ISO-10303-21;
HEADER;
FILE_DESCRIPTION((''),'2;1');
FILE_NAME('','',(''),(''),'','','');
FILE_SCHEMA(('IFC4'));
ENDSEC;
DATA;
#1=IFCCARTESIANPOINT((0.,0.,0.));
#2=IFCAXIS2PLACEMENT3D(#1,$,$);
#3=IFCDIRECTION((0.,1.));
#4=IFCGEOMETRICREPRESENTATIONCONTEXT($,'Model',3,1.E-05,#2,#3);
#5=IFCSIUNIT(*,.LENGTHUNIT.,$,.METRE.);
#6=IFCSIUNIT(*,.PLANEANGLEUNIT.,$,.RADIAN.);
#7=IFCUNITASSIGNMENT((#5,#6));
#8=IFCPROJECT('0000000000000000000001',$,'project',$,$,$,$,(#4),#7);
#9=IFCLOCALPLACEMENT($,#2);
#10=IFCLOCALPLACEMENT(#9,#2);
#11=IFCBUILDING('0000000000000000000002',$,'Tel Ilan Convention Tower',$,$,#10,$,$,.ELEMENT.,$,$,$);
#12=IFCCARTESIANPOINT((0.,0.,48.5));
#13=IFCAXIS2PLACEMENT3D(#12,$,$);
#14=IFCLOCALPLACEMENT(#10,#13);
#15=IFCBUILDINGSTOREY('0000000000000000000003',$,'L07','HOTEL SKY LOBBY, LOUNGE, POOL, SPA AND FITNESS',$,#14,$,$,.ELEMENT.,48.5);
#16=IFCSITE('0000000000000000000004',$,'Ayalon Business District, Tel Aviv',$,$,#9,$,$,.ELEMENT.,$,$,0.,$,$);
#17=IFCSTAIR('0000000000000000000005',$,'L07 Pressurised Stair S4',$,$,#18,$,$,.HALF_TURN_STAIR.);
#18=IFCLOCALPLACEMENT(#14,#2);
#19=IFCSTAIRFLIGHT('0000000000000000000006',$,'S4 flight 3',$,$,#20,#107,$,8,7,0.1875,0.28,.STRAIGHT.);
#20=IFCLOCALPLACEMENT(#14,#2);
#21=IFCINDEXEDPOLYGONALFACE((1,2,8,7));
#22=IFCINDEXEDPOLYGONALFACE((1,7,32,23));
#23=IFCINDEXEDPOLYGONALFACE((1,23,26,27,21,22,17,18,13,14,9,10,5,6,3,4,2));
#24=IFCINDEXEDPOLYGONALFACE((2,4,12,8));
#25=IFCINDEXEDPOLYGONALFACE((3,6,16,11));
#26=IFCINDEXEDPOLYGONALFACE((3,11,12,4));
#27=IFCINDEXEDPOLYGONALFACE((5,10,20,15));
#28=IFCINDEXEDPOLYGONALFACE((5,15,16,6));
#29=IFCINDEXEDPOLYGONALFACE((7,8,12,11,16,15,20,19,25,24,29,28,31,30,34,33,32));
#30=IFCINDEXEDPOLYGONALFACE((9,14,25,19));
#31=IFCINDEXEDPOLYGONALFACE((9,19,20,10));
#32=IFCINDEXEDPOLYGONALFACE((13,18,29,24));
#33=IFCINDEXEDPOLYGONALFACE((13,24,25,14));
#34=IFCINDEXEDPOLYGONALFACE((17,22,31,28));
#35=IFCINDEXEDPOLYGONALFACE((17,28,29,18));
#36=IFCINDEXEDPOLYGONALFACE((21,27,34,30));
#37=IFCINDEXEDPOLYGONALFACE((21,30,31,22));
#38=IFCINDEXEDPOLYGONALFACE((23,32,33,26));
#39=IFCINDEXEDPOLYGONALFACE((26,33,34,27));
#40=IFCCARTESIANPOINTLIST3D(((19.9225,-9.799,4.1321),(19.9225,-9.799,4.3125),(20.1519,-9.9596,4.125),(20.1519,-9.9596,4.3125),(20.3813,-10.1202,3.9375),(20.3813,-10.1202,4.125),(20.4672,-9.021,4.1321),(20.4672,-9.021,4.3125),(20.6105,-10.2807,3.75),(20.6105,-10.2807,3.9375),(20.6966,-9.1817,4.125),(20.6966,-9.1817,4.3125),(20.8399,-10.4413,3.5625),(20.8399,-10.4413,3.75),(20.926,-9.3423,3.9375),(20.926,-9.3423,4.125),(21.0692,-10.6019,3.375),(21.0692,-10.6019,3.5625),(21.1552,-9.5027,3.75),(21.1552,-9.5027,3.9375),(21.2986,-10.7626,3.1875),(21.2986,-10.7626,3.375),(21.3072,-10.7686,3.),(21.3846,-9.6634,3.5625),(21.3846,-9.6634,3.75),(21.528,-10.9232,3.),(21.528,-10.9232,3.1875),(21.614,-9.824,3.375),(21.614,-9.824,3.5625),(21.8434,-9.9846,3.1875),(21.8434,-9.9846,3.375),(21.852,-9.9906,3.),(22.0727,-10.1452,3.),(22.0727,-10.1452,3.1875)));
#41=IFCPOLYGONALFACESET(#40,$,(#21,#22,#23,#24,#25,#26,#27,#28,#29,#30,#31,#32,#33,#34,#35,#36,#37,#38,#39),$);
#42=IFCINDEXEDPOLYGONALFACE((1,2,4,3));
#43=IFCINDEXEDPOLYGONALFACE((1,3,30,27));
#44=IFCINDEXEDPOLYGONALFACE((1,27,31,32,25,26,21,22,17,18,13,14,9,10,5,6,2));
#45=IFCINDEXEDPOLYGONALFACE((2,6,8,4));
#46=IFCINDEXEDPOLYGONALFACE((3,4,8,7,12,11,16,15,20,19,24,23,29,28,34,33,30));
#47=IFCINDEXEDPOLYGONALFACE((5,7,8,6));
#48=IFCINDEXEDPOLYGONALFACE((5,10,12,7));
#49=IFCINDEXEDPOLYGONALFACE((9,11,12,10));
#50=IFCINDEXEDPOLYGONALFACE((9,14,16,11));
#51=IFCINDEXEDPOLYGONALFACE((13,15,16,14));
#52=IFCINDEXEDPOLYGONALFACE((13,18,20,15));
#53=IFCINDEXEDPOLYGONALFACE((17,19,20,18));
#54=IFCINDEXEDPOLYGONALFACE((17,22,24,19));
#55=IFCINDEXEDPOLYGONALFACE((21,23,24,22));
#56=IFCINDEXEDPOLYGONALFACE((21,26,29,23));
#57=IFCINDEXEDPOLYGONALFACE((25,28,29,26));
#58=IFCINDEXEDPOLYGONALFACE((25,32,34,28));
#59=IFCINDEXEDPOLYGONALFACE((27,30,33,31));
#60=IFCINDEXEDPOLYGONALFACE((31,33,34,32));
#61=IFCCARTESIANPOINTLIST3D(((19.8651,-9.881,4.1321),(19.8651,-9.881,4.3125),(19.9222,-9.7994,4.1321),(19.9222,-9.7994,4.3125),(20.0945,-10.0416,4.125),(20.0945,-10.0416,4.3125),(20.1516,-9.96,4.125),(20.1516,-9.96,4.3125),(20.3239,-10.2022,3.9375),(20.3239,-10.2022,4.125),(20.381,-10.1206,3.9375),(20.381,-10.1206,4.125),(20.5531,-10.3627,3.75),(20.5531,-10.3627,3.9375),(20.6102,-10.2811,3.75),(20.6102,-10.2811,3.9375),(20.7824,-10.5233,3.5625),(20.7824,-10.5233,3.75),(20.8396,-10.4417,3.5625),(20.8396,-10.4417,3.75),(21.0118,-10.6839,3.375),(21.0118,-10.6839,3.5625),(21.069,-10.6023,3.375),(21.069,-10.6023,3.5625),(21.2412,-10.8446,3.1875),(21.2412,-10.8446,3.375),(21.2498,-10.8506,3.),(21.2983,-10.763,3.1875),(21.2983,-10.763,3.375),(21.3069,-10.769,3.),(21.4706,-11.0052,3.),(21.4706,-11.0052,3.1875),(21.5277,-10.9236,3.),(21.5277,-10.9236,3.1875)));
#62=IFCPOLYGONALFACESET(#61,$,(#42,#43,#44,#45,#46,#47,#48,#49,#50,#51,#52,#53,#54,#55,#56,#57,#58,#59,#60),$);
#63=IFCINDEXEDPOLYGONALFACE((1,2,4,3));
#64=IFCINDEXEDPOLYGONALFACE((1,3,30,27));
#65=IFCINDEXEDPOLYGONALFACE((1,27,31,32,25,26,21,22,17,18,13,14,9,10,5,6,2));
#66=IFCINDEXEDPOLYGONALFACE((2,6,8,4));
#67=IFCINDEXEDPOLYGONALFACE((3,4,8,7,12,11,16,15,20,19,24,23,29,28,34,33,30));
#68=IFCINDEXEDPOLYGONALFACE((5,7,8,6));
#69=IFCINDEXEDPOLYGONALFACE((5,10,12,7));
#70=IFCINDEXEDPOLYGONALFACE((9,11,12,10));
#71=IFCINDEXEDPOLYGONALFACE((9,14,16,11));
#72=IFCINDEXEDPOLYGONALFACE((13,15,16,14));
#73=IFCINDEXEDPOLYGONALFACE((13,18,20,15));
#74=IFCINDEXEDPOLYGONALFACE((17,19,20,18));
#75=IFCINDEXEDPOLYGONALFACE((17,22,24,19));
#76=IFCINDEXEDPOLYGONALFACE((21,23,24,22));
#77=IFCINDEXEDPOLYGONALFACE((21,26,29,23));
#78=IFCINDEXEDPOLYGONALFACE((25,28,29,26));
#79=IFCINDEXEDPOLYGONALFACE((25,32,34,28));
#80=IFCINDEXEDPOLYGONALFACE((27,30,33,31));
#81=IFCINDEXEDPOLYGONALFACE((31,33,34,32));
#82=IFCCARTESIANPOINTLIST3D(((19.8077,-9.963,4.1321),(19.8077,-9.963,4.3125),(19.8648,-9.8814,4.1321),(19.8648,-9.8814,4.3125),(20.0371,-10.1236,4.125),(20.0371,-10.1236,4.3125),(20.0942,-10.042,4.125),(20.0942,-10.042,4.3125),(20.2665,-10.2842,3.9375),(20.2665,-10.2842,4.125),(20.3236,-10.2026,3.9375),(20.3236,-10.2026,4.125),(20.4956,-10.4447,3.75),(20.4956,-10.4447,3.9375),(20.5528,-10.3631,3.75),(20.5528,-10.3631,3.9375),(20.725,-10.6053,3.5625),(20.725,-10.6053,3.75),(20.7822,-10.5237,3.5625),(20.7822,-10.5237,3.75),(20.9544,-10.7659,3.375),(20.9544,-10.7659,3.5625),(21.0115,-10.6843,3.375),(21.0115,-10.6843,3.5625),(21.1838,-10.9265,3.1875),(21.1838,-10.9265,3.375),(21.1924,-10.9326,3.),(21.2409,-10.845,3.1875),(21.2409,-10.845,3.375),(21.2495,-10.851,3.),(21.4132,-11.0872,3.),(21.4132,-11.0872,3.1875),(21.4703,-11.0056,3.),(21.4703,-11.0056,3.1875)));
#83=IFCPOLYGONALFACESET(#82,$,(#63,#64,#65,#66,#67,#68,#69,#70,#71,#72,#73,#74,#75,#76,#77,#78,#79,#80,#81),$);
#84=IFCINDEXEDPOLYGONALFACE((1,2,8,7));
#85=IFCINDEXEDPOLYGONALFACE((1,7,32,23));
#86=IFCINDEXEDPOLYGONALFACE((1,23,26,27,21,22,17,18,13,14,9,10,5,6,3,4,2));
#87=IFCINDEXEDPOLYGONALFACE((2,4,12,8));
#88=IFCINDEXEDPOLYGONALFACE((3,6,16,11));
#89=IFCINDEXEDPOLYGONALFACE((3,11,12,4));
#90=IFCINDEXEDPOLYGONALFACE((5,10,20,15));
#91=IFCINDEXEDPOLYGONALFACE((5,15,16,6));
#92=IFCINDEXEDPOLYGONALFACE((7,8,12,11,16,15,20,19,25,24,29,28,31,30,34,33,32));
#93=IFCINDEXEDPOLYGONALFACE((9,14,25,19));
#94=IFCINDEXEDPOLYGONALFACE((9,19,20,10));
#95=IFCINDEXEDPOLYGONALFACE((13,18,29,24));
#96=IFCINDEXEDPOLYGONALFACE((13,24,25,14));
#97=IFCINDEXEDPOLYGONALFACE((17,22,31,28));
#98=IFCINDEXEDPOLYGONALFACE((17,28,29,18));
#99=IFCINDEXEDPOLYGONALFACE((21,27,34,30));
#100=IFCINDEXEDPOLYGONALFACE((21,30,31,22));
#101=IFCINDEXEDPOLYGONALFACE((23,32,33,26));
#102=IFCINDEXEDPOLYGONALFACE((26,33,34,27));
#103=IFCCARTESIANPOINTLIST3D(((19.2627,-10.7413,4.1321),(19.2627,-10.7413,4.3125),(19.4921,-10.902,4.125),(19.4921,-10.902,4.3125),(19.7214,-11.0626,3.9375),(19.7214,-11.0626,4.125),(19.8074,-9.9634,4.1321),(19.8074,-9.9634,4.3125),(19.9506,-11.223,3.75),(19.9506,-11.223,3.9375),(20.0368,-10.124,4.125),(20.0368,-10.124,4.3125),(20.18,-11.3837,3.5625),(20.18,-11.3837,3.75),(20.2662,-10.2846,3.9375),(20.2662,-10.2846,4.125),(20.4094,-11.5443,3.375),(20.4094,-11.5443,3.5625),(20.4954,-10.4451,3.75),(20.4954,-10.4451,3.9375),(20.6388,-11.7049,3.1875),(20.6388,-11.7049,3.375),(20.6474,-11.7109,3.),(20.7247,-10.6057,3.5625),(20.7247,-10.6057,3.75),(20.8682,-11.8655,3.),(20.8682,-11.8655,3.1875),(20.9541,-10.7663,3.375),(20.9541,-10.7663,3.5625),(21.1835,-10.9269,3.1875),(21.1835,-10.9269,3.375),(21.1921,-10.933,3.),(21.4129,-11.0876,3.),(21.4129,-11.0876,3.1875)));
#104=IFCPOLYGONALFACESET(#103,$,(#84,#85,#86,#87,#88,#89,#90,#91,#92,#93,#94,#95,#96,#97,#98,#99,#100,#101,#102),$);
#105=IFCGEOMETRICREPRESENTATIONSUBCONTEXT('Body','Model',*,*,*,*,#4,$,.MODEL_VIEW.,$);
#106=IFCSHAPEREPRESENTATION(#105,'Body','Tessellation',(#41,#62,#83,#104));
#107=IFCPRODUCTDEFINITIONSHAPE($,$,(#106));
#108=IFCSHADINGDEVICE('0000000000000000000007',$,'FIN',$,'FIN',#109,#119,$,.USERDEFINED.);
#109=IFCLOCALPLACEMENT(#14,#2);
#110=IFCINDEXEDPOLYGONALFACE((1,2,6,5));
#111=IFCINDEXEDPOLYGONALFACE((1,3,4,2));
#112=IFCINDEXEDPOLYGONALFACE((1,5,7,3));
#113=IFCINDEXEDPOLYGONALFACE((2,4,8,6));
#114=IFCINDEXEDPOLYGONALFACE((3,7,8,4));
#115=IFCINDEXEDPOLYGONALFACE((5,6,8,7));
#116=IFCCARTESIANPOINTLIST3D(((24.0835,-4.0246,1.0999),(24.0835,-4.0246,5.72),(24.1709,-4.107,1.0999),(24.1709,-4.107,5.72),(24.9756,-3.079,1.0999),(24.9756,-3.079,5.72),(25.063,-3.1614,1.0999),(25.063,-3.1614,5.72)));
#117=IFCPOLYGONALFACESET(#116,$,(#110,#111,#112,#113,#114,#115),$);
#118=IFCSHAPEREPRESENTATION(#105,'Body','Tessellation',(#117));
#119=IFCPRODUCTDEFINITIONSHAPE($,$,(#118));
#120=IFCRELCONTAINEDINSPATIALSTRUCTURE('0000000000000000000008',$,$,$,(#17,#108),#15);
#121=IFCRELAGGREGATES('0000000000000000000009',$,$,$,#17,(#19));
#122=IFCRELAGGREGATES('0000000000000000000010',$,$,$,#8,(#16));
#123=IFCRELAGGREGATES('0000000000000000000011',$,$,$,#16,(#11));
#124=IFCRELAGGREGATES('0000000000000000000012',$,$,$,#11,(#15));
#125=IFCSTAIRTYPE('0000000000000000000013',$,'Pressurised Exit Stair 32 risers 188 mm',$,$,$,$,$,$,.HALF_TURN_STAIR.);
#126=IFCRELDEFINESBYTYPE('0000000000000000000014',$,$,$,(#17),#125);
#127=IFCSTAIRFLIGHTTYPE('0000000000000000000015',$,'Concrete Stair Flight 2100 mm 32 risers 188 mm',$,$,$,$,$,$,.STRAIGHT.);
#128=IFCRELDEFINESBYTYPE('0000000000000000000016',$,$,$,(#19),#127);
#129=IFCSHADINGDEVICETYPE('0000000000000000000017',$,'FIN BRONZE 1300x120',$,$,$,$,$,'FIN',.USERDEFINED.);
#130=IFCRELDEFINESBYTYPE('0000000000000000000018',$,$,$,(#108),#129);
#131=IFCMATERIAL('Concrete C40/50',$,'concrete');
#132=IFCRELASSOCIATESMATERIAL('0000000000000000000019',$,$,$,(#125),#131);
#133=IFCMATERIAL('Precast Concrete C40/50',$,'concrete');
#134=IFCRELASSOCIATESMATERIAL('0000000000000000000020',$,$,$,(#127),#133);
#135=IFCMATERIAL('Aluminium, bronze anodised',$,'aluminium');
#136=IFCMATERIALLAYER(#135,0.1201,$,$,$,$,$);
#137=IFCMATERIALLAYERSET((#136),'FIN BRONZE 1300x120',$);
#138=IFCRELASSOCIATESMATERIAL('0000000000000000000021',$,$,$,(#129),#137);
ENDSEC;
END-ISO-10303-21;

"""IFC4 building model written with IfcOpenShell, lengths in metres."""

from ifc_helpers import new_model, si_unit, direction, frame, origin, origin_2d, place, context, subcontext, project, spatial, polyline, rectangle, outline, extrude, material, layer, layer_set, type_object, element, aggregate, save


model = new_model("IFC4")

# Units and contexts
model_context = context("Model", 3, precision=1e-05, world=origin(), true_north=direction((0.0, 1.0)))
body_context = subcontext(model_context, "Body", "Model", "MODEL_VIEW")
ifc_project = project(units=[si_unit("LENGTHUNIT", "METRE"), si_unit("PLANEANGLEUNIT", "RADIAN")], contexts=[model_context])

# Site, building, storey
site_placement = place(None, origin())
site = spatial("IfcSite", under=ifc_project, at=site_placement, Name="Ayalon Business District, Tel Aviv", CompositionType="ELEMENT", RefElevation=0.0)
building_placement = place(site_placement, origin())
building = spatial("IfcBuilding", under=site, at=building_placement, Name="Tel Ilan Convention Tower", CompositionType="ELEMENT")
storey_placement = place(building_placement, frame((0.0, 0.0, 48.5)))
storey = spatial("IfcBuildingStorey", under=building, at=storey_placement, Name="L07", Description="HOTEL SKY LOBBY, LOUNGE, POOL, SPA AND FITNESS", CompositionType="ELEMENT", Elevation=48.5)

# Stair, stair flight
ifc_material_1 = material(Name="Concrete C40/50", Category="concrete")
stair_type = type_object("IfcStairType", Name="Pressurised Exit Stair 32 risers 188 mm", PredefinedType="HALF_TURN_STAIR", material=ifc_material_1)
ifc_material_2 = material(Name="Precast Concrete C40/50", Category="concrete")
stair_flight_type = type_object("IfcStairFlightType", Name="Concrete Stair Flight 2100 mm 32 risers 188 mm", PredefinedType="STRAIGHT", material=ifc_material_2)
stair_1_placement = place(storey_placement, origin())
stair_1 = element("IfcStair", 1, at=stair_1_placement, inside=storey, type_object=stair_type, Name="L07 Pressurised Stair S4", PredefinedType="HALF_TURN_STAIR")
stair_flight_1_placement = place(storey_placement, frame((21.4705, -11.0054, 3.0), z_axis=(0.0, 0.0, 1.0), x_axis=(-0.819152, 0.573576, 0.0)))
stair_flight_1 = element("IfcStairFlight", 2, at=stair_flight_1_placement, type_object=stair_flight_type, Name="S4 flight 3", NumberOfRisers=8, NumberOfTreads=7, PredefinedType="STRAIGHT", RiserHeight=0.1875, TreadLength=0.28, context=body_context, shape_type="SweptSolid", body=[
    extrude(outline(polyline([(0.0, 0.0), (0.0, 0.1875), (0.28, 0.1875), (0.28, 0.375), (0.5601, 0.375), (0.5601, 0.5625), (0.8401, 0.5625), (0.8401, 0.75), (1.1201, 0.75), (1.1201, 0.9375), (1.3999, 0.9375), (1.3999, 1.125), (1.6799, 1.125), (1.6799, 1.3125), (1.96, 1.3125), (1.96, 1.5), (1.96, 1.1321), (0.2695, 0.0), (0.0, 0.0)])), frame((0.0, -0.1003, 0.0), z_axis=(0.0, -1.0, 0.0), x_axis=(1.0, 0.0, 0.0)), (0.0, 0.0, 1.0), 0.9497),
    extrude(outline(polyline([(0.0, 0.0), (0.0, 0.1875), (0.28, 0.1875), (0.28, 0.375), (0.5601, 0.375), (0.5601, 0.5625), (0.8401, 0.5625), (0.8401, 0.75), (1.1201, 0.75), (1.1201, 0.9375), (1.3999, 0.9375), (1.3999, 1.125), (1.6799, 1.125), (1.6799, 1.3125), (1.96, 1.3125), (1.96, 1.5), (1.96, 1.1321), (0.2695, 0.0), (0.0, 0.0)])), frame((0.0, -0.0002, 0.0), z_axis=(0.0, -1.0, 0.0), x_axis=(1.0, 0.0, 0.0)), (0.0, 0.0, 1.0), 0.0996),
    extrude(outline(polyline([(0.0, 0.0), (0.0, 0.1875), (0.28, 0.1875), (0.28, 0.375), (0.5601, 0.375), (0.5601, 0.5625), (0.8401, 0.5625), (0.8401, 0.75), (1.1201, 0.75), (1.1201, 0.9375), (1.3999, 0.9375), (1.3999, 1.125), (1.6799, 1.125), (1.6799, 1.3125), (1.96, 1.3125), (1.96, 1.5), (1.96, 1.1321), (0.2695, 0.0), (0.0, 0.0)])), frame((0.0, 0.0999, 0.0), z_axis=(0.0, -1.0, 0.0), x_axis=(1.0, 0.0, 0.0)), (0.0, 0.0, 1.0), 0.0996),
    extrude(outline(polyline([(0.0, 0.0), (0.0, 0.1875), (0.28, 0.1875), (0.28, 0.375), (0.5601, 0.375), (0.5601, 0.5625), (0.8401, 0.5625), (0.8401, 0.75), (1.1201, 0.75), (1.1201, 0.9375), (1.3999, 0.9375), (1.3999, 1.125), (1.6799, 1.125), (1.6799, 1.3125), (1.96, 1.3125), (1.96, 1.5), (1.96, 1.1321), (0.2695, 0.0), (0.0, 0.0)])), frame((0.0, 1.05, 0.0), z_axis=(0.0, -1.0, 0.0), x_axis=(1.0, 0.0, 0.0)), (0.0, 0.0, 1.0), 0.9497),
])
aggregate(stair_1, [stair_flight_1])

# Shading device
ifc_material_3 = material(Name="Aluminium, bronze anodised", Category="aluminium")
ifc_layer_1 = layer(ifc_material_3, 0.1201)
ifc_layer_set_1 = layer_set([ifc_layer_1], Name="FIN BRONZE 1300x120")
shading_device_type = type_object("IfcShadingDeviceType", Name="FIN BRONZE 1300x120", ElementType="FIN", PredefinedType="USERDEFINED", material=ifc_layer_set_1)
shading_device_placement = place(storey_placement, frame((24.5732, -3.593, 1.0999), z_axis=(0.0, 0.0, 1.0), x_axis=(0.686242, 0.727374, 0.0)))
element("IfcShadingDevice", 3, at=shading_device_placement, inside=storey, type_object=shading_device_type, Name="FIN", ObjectType="FIN", PredefinedType="USERDEFINED", context=body_context, shape_type="SweptSolid", body=[
    extrude(rectangle(XDim=1.3, YDim=0.1201, at=origin_2d()), origin(), (0.0, 0.0, 1.0), 4.6201),
])

save(model, "model.ifc")
